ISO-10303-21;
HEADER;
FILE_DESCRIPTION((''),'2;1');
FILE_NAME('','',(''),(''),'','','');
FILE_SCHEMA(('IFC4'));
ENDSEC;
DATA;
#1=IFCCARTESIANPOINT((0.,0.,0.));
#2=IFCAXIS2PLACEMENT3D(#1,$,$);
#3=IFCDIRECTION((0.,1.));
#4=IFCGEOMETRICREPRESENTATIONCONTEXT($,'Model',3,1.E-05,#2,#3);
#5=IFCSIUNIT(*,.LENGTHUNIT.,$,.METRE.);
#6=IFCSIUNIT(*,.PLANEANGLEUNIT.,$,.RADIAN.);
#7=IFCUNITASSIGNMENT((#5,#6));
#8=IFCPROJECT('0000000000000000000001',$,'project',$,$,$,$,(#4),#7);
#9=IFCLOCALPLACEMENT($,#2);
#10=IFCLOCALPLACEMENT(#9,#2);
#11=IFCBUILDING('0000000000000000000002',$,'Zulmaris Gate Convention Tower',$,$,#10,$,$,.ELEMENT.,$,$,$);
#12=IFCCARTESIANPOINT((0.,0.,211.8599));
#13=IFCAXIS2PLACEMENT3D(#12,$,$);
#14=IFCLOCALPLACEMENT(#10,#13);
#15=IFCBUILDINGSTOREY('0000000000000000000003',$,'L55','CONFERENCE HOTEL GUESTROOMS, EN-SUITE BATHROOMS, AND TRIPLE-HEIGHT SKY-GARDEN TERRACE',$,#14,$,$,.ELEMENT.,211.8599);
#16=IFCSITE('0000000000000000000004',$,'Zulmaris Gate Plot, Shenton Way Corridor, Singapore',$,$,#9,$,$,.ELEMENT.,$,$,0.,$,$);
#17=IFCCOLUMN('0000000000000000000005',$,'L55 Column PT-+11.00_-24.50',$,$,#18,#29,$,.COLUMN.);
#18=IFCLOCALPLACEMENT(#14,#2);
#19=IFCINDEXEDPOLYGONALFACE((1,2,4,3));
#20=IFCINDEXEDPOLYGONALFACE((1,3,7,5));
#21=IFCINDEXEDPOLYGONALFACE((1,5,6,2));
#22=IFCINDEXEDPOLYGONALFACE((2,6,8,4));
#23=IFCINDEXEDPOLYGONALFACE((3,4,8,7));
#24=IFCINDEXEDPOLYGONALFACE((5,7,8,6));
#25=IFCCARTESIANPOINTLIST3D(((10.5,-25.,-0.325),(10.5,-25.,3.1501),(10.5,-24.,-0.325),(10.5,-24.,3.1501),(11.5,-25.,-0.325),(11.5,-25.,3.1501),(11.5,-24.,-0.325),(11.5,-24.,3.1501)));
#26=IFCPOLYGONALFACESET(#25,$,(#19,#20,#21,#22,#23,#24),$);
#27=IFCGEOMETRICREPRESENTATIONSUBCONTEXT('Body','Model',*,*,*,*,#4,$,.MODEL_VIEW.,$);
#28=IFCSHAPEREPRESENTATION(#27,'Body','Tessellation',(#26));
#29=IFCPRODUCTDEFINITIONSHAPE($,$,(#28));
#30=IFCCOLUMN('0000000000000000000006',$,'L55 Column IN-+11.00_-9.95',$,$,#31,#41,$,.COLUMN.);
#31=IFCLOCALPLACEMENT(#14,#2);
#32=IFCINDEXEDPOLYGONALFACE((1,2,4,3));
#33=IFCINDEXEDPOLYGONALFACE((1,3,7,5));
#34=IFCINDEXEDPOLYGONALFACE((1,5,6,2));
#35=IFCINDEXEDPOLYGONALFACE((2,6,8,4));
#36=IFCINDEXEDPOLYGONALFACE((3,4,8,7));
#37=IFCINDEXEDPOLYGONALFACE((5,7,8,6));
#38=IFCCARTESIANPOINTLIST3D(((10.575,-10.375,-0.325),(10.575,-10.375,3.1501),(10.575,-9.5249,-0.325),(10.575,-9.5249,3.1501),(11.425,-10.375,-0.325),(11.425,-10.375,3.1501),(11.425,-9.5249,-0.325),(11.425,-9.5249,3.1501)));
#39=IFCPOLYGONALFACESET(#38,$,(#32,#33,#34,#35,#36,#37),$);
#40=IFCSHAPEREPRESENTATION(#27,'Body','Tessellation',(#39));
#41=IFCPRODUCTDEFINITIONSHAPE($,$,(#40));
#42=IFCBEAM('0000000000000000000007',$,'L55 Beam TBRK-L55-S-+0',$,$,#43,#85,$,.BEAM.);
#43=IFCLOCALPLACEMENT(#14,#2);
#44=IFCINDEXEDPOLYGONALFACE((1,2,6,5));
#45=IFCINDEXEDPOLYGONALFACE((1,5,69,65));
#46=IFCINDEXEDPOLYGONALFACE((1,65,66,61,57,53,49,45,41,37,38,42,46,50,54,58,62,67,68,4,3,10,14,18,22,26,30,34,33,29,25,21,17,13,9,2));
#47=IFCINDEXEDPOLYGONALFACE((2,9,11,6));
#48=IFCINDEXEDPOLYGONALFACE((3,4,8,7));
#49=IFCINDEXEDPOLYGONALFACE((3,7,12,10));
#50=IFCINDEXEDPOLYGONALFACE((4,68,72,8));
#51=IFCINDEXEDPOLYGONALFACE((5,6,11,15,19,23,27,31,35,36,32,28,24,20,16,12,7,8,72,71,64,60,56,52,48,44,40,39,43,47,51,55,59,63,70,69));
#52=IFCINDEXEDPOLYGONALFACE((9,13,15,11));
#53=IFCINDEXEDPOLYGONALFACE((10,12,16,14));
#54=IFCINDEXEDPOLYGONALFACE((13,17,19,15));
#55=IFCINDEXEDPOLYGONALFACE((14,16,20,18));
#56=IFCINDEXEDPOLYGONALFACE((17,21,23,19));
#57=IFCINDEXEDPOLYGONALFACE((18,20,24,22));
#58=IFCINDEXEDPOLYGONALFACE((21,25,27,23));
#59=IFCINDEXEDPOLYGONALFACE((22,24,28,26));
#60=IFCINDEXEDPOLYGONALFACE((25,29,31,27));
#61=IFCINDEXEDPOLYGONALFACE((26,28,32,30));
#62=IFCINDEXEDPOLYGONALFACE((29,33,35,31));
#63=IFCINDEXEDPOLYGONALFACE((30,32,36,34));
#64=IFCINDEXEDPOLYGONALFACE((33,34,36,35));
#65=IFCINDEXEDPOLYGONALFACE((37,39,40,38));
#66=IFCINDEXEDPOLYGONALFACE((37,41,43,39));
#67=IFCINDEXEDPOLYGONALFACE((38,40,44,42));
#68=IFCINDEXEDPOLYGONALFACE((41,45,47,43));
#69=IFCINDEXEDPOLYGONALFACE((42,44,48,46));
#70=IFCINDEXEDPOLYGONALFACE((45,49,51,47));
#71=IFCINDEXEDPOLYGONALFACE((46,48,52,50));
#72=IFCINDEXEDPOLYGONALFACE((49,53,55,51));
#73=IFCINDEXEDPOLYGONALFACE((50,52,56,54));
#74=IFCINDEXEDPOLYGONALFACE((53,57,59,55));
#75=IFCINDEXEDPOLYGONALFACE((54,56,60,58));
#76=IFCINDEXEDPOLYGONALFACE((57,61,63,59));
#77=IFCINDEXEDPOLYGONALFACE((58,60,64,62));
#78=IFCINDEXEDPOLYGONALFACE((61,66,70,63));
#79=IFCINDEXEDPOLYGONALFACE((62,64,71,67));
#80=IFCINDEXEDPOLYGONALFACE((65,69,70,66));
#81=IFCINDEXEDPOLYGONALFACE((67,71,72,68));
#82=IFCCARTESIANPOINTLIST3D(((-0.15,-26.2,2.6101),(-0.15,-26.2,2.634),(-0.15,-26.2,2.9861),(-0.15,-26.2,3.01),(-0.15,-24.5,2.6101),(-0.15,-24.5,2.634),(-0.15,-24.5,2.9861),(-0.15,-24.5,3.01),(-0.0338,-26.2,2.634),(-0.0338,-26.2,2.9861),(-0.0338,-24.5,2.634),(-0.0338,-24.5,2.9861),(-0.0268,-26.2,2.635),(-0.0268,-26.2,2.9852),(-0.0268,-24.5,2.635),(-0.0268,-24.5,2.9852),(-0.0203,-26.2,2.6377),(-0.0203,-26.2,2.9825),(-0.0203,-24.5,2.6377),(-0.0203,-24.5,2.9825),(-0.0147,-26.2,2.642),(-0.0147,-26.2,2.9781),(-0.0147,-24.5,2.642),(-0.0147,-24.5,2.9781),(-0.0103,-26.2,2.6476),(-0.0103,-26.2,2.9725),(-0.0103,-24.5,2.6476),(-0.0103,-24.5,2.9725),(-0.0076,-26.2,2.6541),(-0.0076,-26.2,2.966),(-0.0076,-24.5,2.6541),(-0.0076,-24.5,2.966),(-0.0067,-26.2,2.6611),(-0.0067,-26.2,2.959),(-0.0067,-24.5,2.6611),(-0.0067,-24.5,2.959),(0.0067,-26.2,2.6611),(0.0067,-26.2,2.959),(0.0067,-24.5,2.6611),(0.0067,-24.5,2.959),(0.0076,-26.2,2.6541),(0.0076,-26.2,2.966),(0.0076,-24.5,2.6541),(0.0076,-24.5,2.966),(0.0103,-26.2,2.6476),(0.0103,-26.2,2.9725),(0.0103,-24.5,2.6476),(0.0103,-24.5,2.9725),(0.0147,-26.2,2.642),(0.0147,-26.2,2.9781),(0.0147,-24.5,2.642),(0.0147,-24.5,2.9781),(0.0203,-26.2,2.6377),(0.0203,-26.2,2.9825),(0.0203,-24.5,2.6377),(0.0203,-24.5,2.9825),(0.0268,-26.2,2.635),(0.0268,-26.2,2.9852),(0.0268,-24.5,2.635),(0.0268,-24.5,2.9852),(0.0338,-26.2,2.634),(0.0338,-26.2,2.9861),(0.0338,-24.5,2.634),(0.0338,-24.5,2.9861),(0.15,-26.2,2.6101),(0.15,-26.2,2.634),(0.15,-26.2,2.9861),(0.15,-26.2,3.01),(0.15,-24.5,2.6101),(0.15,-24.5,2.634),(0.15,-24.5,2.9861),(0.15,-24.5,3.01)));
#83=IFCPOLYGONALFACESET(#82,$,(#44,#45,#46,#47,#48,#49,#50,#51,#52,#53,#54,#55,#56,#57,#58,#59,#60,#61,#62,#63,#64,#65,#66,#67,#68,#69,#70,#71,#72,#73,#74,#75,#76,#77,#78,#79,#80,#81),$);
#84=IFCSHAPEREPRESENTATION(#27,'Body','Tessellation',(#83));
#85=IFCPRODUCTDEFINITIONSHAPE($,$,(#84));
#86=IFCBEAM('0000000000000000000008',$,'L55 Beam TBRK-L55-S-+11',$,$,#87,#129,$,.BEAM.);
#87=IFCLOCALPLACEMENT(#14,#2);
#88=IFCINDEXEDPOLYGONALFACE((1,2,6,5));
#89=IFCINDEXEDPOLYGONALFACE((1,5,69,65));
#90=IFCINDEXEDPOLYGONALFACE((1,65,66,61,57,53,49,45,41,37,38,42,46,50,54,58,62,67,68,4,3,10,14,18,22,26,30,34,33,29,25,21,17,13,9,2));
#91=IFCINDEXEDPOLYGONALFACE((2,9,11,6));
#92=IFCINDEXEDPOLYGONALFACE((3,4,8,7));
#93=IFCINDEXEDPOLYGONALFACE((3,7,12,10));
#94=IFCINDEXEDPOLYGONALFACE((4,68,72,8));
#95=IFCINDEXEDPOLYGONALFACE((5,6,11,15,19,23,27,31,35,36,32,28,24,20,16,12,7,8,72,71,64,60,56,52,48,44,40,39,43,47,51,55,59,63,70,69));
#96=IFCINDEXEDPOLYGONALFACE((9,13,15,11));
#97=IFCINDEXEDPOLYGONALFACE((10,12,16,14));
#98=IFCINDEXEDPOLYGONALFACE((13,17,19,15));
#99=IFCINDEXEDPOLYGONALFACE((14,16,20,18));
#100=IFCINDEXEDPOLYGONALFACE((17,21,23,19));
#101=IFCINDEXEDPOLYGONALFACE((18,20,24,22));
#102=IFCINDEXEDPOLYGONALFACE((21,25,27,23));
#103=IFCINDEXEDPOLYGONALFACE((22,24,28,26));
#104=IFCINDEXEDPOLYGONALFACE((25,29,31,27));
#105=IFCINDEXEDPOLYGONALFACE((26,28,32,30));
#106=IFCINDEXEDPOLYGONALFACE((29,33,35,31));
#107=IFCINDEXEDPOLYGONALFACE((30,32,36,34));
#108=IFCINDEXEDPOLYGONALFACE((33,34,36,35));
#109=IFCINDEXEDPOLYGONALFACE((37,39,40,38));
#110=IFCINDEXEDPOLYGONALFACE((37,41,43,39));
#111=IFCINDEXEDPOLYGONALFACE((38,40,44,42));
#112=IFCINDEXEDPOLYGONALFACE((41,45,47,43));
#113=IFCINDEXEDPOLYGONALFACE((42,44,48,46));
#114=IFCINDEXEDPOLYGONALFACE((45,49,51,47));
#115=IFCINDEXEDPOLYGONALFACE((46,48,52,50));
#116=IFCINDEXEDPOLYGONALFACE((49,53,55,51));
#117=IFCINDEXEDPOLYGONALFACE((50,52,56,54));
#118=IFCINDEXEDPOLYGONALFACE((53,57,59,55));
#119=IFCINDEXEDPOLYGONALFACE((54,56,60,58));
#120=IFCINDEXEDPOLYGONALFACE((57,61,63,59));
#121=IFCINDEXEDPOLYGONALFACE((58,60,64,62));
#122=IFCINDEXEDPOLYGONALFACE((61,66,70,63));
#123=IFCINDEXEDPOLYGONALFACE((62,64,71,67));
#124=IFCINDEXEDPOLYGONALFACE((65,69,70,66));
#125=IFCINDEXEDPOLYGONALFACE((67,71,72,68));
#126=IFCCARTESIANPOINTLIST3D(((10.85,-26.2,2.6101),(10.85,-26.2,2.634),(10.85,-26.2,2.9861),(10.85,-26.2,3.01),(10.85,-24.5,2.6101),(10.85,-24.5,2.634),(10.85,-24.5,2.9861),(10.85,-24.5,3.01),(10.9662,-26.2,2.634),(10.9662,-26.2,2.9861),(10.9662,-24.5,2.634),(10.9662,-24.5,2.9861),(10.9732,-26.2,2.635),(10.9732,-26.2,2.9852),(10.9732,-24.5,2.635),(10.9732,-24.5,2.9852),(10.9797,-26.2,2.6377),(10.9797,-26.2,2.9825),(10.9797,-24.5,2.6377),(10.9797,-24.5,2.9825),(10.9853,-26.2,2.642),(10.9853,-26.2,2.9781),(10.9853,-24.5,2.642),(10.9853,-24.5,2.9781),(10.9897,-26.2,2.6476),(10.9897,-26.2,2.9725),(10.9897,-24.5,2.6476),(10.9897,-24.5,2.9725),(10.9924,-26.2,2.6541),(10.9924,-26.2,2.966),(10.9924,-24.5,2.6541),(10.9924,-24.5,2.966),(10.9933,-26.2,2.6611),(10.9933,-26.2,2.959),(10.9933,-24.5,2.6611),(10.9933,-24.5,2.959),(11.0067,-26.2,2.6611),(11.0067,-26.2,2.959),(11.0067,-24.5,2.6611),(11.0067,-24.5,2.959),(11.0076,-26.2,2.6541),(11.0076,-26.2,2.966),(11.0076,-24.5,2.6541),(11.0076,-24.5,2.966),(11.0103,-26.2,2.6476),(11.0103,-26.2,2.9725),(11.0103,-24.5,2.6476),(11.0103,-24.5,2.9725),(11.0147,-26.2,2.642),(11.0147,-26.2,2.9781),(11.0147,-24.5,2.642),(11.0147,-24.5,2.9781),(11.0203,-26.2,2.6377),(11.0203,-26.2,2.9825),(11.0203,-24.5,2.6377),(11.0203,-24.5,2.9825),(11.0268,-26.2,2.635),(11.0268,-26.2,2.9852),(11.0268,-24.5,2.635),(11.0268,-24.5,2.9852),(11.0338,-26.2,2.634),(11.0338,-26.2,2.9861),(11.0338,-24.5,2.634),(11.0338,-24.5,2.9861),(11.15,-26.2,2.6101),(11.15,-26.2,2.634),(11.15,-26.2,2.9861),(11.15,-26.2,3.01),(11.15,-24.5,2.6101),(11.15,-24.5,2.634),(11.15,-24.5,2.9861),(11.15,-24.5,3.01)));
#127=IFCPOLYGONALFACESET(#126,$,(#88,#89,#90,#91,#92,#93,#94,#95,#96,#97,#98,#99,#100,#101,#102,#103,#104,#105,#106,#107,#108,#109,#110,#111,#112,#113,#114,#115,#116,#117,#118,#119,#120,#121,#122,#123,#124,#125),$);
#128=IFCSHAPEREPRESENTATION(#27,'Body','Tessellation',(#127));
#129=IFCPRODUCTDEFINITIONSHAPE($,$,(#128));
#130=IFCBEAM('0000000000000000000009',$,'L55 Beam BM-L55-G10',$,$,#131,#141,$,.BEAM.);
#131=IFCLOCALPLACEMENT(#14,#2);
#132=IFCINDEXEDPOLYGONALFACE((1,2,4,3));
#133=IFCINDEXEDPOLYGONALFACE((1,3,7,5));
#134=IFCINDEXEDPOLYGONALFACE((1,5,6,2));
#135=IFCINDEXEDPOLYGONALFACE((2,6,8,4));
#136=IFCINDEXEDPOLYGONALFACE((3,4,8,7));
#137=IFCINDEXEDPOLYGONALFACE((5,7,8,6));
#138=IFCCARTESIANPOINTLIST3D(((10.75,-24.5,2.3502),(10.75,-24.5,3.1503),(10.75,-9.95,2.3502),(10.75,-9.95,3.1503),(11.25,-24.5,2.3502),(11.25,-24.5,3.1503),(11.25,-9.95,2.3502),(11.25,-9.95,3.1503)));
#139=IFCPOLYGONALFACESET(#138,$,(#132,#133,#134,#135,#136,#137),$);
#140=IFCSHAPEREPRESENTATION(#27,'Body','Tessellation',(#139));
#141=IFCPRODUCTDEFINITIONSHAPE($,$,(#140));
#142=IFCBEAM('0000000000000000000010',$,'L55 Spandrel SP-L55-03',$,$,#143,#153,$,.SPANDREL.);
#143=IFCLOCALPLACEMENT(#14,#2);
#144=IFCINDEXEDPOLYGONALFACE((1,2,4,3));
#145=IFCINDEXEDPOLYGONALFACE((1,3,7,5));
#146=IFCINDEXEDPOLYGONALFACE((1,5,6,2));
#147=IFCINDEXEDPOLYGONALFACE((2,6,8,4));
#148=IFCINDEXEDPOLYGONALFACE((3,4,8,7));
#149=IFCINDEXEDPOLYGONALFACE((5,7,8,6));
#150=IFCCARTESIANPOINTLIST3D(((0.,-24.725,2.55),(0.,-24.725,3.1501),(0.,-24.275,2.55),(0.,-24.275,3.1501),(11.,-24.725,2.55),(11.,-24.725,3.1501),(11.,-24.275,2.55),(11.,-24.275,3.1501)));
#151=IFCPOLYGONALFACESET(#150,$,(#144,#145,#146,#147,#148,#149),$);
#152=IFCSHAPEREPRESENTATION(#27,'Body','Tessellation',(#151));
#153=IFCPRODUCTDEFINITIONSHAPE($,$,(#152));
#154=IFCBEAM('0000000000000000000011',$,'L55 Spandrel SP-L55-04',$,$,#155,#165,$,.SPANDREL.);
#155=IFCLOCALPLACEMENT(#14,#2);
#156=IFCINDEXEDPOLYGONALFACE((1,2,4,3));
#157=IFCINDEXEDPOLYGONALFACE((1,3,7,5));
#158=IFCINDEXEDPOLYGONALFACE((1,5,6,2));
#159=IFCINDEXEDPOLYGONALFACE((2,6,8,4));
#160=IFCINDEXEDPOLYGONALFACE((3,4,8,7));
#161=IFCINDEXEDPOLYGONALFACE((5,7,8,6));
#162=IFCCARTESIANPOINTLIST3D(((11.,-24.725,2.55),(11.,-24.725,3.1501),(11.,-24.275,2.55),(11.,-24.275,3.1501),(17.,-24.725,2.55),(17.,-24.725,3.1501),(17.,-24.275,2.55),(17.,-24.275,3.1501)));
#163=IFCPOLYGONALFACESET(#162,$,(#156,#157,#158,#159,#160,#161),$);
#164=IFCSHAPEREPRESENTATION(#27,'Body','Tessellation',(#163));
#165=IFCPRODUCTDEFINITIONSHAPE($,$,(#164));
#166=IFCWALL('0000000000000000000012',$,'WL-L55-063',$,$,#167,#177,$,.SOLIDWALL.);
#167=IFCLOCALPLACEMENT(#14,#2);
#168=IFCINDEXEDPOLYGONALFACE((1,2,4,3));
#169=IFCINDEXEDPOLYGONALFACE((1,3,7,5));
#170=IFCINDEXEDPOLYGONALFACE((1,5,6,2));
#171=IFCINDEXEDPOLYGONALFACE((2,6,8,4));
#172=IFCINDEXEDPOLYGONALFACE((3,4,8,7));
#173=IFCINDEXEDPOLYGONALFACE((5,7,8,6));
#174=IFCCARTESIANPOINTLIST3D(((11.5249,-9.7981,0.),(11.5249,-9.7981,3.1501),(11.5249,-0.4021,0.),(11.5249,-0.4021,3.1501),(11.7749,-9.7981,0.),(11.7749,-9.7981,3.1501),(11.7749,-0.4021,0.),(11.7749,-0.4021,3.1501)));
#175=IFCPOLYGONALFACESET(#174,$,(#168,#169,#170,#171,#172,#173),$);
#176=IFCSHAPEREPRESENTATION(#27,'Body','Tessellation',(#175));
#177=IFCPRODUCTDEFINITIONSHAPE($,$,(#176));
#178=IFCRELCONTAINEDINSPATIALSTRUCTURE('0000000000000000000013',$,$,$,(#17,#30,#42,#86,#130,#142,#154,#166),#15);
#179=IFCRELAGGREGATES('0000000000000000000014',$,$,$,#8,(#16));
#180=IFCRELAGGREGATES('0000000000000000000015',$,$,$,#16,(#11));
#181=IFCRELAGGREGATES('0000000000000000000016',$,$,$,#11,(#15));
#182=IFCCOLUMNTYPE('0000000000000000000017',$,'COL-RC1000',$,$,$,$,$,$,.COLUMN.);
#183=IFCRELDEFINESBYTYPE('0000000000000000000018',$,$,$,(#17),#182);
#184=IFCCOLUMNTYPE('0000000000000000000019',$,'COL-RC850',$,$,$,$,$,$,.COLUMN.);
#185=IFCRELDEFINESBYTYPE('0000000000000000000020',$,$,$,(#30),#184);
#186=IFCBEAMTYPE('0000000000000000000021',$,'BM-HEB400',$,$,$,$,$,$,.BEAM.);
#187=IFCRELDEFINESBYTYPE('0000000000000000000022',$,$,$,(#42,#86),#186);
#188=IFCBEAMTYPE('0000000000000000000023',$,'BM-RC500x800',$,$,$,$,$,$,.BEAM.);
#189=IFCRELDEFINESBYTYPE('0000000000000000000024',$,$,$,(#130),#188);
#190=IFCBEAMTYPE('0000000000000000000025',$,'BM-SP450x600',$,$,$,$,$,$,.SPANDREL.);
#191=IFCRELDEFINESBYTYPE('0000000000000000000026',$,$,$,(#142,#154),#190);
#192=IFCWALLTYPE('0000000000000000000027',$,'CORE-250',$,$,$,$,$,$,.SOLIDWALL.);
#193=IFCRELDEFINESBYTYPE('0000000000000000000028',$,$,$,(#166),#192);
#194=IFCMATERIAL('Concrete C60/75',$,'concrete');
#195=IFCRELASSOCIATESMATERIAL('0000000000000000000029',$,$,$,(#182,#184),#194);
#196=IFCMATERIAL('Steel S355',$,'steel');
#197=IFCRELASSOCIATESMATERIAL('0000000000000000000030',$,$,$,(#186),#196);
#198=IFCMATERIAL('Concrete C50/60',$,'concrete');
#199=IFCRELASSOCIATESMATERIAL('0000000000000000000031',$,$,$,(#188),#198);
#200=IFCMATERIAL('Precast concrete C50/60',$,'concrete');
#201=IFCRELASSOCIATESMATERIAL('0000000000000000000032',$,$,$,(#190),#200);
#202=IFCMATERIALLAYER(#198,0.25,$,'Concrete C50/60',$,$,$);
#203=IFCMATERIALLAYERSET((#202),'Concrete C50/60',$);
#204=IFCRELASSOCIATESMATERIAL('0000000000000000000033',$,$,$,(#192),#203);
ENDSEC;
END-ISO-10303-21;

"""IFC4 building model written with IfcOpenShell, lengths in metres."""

from ifc_helpers import new_model, si_unit, direction, frame, frame_2d, origin, origin_2d, place, context, subcontext, project, spatial, rectangle, i_section, extrude, material, layer, layer_set, material_profile, profile_set, type_object, element, save


model = new_model("IFC4")

# Units and contexts
model_context = context("Model", 3, precision=1e-05, world=origin(), true_north=direction((0.0, 1.0)))
body_context = subcontext(model_context, "Body", "Model", "MODEL_VIEW")
ifc_project = project(units=[si_unit("LENGTHUNIT", "METRE"), si_unit("PLANEANGLEUNIT", "RADIAN")], contexts=[model_context])

# Site, building, storey
site_placement = place(None, origin())
site = spatial("IfcSite", under=ifc_project, at=site_placement, Name="Zulmaris Gate Plot, Shenton Way Corridor, Singapore", CompositionType="ELEMENT", RefElevation=0.0)
building_placement = place(site_placement, origin())
building = spatial("IfcBuilding", under=site, at=building_placement, Name="Zulmaris Gate Convention Tower", CompositionType="ELEMENT")
storey_placement = place(building_placement, frame((0.0, 0.0, 211.8599)))
storey = spatial("IfcBuildingStorey", under=building, at=storey_placement, Name="L55", Description="CONFERENCE HOTEL GUESTROOMS, EN-SUITE BATHROOMS, AND TRIPLE-HEIGHT SKY-GARDEN TERRACE", CompositionType="ELEMENT", Elevation=211.8599)

# Columns
ifc_material_1 = material(Name="Concrete C60/75", Category="concrete")
ifc_material_profile_1 = material_profile(ifc_material_1, rectangle(XDim=1.0, YDim=1.0, at=origin_2d()), Name="RC COL 1000x1000")
ifc_profile_set_1 = profile_set([ifc_material_profile_1], Name="Concrete C60/75")
column_type_1 = type_object("IfcColumnType", Name="COL-RC1000", PredefinedType="COLUMN", material=ifc_profile_set_1)
column_1_placement = place(storey_placement, frame((11.0, -24.5, -0.325), z_axis=(0.0, 0.0, 1.0), x_axis=(1.0, 0.0, 0.0)))
element("IfcColumn", 1, at=column_1_placement, inside=storey, type_object=column_type_1, Name="L55 Column PT-+11.00_-24.50", PredefinedType="COLUMN", context=body_context, shape_type="SweptSolid", body=[
    extrude(rectangle(XDim=1.0, YDim=1.0, at=origin_2d()), origin(), (0.0, 0.0, 1.0), 3.4751),
])
ifc_material_profile_2 = material_profile(ifc_material_1, rectangle(XDim=0.8501, YDim=0.8501, at=origin_2d()), Name="RC COL 850x850")
ifc_profile_set_2 = profile_set([ifc_material_profile_2], Name="Concrete C60/75")
column_type_2 = type_object("IfcColumnType", Name="COL-RC850", PredefinedType="COLUMN", material=ifc_profile_set_2)
column_2_placement = place(storey_placement, frame((11.0, -9.95, -0.325), z_axis=(0.0, 0.0, 1.0), x_axis=(1.0, 0.0, 0.0)))
element("IfcColumn", 2, at=column_2_placement, inside=storey, type_object=column_type_2, Name="L55 Column IN-+11.00_-9.95", PredefinedType="COLUMN", context=body_context, shape_type="SweptSolid", body=[
    extrude(rectangle(XDim=0.8501, YDim=0.8501, at=origin_2d()), origin(), (0.0, 0.0, 1.0), 3.4751),
])

# Beams
ifc_material_2 = material(Name="Steel S355", Category="steel")
ifc_material_profile_3 = material_profile(ifc_material_2, i_section(OverallWidth=0.3, OverallDepth=0.3999, WebThickness=0.0134, FlangeThickness=0.0239, FilletRadius=0.0271, at=origin_2d()), Name="HEB 400")
ifc_profile_set_3 = profile_set([ifc_material_profile_3], Name="Steel S355")
beam_type_1 = type_object("IfcBeamType", Name="BM-HEB400", PredefinedType="BEAM", material=ifc_profile_set_3)
for number, where, z_axis, x_axis, name in (
    (3, (0.0, -26.2, 2.8101), (0.0, 1.0, 0.0), (-1.0, 0.0, 0.0), "L55 Beam TBRK-L55-S-+0"),
    (4, (11.0, -26.2, 2.8101), (0.0, 1.0, 0.0), (-1.0, 0.0, 0.0), "L55 Beam TBRK-L55-S-+11"),
):
    element("IfcBeam", number, at=place(storey_placement, frame(where, z_axis=z_axis, x_axis=x_axis)), inside=storey, type_object=beam_type_1, Name=name, PredefinedType="BEAM", context=body_context, shape_type="SweptSolid", body=[
        extrude(i_section(OverallWidth=0.3, OverallDepth=0.3999, WebThickness=0.0134, FlangeThickness=0.0239, FilletRadius=0.0271, at=origin_2d()), origin(), (0.0, 0.0, 1.0), 1.7),
    ])
ifc_material_3 = material(Name="Concrete C50/60", Category="concrete")
ifc_material_profile_4 = material_profile(ifc_material_3, rectangle(XDim=0.5, YDim=0.8, at=origin_2d()), Name="RC BEAM 500x800")
ifc_profile_set_4 = profile_set([ifc_material_profile_4], Name="Concrete C50/60")
beam_type_2 = type_object("IfcBeamType", Name="BM-RC500x800", PredefinedType="BEAM", material=ifc_profile_set_4)
beam_1_placement = place(storey_placement, frame((11.0, -24.5, 2.7502), z_axis=(0.0, 1.0, 0.0), x_axis=(-1.0, 0.0, 0.0)))
element("IfcBeam", 5, at=beam_1_placement, inside=storey, type_object=beam_type_2, Name="L55 Beam BM-L55-G10", PredefinedType="BEAM", context=body_context, shape_type="SweptSolid", body=[
    extrude(rectangle(XDim=0.5, YDim=0.8, at=origin_2d()), origin(), (0.0, 0.0, 1.0), 14.55),
])
ifc_material_4 = material(Name="Precast concrete C50/60", Category="concrete")
ifc_material_profile_5 = material_profile(ifc_material_4, rectangle(XDim=0.45, YDim=0.6001, at=origin_2d()), Name="RC SPANDREL 450x600")
ifc_profile_set_5 = profile_set([ifc_material_profile_5], Name="Precast concrete C50/60")
beam_type_3 = type_object("IfcBeamType", Name="BM-SP450x600", PredefinedType="SPANDREL", material=ifc_profile_set_5)
beam_2_placement = place(storey_placement, frame((0.0, -24.5, 2.8501), z_axis=(1.0, 0.0, 0.0), x_axis=(0.0, 1.0, 0.0)))
element("IfcBeam", 6, at=beam_2_placement, inside=storey, type_object=beam_type_3, Name="L55 Spandrel SP-L55-03", PredefinedType="SPANDREL", context=body_context, shape_type="SweptSolid", body=[
    extrude(rectangle(XDim=0.45, YDim=0.6001, at=origin_2d()), origin(), (0.0, 0.0, 1.0), 11.0),
])
beam_3_placement = place(storey_placement, frame((11.0, -24.5, 2.8501), z_axis=(1.0, 0.0, 0.0), x_axis=(0.0, 1.0, 0.0)))
element("IfcBeam", 7, at=beam_3_placement, inside=storey, type_object=beam_type_3, Name="L55 Spandrel SP-L55-04", PredefinedType="SPANDREL", context=body_context, shape_type="SweptSolid", body=[
    extrude(rectangle(XDim=0.45, YDim=0.6001, at=origin_2d()), origin(), (0.0, 0.0, 1.0), 6.0),
])

# Wall
ifc_layer_1 = layer(ifc_material_3, 0.25, Name="Concrete C50/60")
ifc_layer_set_1 = layer_set([ifc_layer_1], Name="Concrete C50/60")
wall_type_1 = type_object("IfcWallType", Name="CORE-250", PredefinedType="SOLIDWALL", material=ifc_layer_set_1)
wall_1_placement = place(storey_placement, frame((11.6499, -9.7981, 0.0), z_axis=(0.0, 0.0, 1.0), x_axis=(0.0, 1.0, 0.0)))
element("IfcWall", 8, at=wall_1_placement, inside=storey, type_object=wall_type_1, Name="WL-L55-063", PredefinedType="SOLIDWALL", context=body_context, shape_type="SweptSolid", body=[
    extrude(rectangle(XDim=9.396, YDim=0.25, at=frame_2d((4.698, 0.0))), origin(), (0.0, 0.0, 1.0), 3.1501),
])

save(model, "model.ifc")
